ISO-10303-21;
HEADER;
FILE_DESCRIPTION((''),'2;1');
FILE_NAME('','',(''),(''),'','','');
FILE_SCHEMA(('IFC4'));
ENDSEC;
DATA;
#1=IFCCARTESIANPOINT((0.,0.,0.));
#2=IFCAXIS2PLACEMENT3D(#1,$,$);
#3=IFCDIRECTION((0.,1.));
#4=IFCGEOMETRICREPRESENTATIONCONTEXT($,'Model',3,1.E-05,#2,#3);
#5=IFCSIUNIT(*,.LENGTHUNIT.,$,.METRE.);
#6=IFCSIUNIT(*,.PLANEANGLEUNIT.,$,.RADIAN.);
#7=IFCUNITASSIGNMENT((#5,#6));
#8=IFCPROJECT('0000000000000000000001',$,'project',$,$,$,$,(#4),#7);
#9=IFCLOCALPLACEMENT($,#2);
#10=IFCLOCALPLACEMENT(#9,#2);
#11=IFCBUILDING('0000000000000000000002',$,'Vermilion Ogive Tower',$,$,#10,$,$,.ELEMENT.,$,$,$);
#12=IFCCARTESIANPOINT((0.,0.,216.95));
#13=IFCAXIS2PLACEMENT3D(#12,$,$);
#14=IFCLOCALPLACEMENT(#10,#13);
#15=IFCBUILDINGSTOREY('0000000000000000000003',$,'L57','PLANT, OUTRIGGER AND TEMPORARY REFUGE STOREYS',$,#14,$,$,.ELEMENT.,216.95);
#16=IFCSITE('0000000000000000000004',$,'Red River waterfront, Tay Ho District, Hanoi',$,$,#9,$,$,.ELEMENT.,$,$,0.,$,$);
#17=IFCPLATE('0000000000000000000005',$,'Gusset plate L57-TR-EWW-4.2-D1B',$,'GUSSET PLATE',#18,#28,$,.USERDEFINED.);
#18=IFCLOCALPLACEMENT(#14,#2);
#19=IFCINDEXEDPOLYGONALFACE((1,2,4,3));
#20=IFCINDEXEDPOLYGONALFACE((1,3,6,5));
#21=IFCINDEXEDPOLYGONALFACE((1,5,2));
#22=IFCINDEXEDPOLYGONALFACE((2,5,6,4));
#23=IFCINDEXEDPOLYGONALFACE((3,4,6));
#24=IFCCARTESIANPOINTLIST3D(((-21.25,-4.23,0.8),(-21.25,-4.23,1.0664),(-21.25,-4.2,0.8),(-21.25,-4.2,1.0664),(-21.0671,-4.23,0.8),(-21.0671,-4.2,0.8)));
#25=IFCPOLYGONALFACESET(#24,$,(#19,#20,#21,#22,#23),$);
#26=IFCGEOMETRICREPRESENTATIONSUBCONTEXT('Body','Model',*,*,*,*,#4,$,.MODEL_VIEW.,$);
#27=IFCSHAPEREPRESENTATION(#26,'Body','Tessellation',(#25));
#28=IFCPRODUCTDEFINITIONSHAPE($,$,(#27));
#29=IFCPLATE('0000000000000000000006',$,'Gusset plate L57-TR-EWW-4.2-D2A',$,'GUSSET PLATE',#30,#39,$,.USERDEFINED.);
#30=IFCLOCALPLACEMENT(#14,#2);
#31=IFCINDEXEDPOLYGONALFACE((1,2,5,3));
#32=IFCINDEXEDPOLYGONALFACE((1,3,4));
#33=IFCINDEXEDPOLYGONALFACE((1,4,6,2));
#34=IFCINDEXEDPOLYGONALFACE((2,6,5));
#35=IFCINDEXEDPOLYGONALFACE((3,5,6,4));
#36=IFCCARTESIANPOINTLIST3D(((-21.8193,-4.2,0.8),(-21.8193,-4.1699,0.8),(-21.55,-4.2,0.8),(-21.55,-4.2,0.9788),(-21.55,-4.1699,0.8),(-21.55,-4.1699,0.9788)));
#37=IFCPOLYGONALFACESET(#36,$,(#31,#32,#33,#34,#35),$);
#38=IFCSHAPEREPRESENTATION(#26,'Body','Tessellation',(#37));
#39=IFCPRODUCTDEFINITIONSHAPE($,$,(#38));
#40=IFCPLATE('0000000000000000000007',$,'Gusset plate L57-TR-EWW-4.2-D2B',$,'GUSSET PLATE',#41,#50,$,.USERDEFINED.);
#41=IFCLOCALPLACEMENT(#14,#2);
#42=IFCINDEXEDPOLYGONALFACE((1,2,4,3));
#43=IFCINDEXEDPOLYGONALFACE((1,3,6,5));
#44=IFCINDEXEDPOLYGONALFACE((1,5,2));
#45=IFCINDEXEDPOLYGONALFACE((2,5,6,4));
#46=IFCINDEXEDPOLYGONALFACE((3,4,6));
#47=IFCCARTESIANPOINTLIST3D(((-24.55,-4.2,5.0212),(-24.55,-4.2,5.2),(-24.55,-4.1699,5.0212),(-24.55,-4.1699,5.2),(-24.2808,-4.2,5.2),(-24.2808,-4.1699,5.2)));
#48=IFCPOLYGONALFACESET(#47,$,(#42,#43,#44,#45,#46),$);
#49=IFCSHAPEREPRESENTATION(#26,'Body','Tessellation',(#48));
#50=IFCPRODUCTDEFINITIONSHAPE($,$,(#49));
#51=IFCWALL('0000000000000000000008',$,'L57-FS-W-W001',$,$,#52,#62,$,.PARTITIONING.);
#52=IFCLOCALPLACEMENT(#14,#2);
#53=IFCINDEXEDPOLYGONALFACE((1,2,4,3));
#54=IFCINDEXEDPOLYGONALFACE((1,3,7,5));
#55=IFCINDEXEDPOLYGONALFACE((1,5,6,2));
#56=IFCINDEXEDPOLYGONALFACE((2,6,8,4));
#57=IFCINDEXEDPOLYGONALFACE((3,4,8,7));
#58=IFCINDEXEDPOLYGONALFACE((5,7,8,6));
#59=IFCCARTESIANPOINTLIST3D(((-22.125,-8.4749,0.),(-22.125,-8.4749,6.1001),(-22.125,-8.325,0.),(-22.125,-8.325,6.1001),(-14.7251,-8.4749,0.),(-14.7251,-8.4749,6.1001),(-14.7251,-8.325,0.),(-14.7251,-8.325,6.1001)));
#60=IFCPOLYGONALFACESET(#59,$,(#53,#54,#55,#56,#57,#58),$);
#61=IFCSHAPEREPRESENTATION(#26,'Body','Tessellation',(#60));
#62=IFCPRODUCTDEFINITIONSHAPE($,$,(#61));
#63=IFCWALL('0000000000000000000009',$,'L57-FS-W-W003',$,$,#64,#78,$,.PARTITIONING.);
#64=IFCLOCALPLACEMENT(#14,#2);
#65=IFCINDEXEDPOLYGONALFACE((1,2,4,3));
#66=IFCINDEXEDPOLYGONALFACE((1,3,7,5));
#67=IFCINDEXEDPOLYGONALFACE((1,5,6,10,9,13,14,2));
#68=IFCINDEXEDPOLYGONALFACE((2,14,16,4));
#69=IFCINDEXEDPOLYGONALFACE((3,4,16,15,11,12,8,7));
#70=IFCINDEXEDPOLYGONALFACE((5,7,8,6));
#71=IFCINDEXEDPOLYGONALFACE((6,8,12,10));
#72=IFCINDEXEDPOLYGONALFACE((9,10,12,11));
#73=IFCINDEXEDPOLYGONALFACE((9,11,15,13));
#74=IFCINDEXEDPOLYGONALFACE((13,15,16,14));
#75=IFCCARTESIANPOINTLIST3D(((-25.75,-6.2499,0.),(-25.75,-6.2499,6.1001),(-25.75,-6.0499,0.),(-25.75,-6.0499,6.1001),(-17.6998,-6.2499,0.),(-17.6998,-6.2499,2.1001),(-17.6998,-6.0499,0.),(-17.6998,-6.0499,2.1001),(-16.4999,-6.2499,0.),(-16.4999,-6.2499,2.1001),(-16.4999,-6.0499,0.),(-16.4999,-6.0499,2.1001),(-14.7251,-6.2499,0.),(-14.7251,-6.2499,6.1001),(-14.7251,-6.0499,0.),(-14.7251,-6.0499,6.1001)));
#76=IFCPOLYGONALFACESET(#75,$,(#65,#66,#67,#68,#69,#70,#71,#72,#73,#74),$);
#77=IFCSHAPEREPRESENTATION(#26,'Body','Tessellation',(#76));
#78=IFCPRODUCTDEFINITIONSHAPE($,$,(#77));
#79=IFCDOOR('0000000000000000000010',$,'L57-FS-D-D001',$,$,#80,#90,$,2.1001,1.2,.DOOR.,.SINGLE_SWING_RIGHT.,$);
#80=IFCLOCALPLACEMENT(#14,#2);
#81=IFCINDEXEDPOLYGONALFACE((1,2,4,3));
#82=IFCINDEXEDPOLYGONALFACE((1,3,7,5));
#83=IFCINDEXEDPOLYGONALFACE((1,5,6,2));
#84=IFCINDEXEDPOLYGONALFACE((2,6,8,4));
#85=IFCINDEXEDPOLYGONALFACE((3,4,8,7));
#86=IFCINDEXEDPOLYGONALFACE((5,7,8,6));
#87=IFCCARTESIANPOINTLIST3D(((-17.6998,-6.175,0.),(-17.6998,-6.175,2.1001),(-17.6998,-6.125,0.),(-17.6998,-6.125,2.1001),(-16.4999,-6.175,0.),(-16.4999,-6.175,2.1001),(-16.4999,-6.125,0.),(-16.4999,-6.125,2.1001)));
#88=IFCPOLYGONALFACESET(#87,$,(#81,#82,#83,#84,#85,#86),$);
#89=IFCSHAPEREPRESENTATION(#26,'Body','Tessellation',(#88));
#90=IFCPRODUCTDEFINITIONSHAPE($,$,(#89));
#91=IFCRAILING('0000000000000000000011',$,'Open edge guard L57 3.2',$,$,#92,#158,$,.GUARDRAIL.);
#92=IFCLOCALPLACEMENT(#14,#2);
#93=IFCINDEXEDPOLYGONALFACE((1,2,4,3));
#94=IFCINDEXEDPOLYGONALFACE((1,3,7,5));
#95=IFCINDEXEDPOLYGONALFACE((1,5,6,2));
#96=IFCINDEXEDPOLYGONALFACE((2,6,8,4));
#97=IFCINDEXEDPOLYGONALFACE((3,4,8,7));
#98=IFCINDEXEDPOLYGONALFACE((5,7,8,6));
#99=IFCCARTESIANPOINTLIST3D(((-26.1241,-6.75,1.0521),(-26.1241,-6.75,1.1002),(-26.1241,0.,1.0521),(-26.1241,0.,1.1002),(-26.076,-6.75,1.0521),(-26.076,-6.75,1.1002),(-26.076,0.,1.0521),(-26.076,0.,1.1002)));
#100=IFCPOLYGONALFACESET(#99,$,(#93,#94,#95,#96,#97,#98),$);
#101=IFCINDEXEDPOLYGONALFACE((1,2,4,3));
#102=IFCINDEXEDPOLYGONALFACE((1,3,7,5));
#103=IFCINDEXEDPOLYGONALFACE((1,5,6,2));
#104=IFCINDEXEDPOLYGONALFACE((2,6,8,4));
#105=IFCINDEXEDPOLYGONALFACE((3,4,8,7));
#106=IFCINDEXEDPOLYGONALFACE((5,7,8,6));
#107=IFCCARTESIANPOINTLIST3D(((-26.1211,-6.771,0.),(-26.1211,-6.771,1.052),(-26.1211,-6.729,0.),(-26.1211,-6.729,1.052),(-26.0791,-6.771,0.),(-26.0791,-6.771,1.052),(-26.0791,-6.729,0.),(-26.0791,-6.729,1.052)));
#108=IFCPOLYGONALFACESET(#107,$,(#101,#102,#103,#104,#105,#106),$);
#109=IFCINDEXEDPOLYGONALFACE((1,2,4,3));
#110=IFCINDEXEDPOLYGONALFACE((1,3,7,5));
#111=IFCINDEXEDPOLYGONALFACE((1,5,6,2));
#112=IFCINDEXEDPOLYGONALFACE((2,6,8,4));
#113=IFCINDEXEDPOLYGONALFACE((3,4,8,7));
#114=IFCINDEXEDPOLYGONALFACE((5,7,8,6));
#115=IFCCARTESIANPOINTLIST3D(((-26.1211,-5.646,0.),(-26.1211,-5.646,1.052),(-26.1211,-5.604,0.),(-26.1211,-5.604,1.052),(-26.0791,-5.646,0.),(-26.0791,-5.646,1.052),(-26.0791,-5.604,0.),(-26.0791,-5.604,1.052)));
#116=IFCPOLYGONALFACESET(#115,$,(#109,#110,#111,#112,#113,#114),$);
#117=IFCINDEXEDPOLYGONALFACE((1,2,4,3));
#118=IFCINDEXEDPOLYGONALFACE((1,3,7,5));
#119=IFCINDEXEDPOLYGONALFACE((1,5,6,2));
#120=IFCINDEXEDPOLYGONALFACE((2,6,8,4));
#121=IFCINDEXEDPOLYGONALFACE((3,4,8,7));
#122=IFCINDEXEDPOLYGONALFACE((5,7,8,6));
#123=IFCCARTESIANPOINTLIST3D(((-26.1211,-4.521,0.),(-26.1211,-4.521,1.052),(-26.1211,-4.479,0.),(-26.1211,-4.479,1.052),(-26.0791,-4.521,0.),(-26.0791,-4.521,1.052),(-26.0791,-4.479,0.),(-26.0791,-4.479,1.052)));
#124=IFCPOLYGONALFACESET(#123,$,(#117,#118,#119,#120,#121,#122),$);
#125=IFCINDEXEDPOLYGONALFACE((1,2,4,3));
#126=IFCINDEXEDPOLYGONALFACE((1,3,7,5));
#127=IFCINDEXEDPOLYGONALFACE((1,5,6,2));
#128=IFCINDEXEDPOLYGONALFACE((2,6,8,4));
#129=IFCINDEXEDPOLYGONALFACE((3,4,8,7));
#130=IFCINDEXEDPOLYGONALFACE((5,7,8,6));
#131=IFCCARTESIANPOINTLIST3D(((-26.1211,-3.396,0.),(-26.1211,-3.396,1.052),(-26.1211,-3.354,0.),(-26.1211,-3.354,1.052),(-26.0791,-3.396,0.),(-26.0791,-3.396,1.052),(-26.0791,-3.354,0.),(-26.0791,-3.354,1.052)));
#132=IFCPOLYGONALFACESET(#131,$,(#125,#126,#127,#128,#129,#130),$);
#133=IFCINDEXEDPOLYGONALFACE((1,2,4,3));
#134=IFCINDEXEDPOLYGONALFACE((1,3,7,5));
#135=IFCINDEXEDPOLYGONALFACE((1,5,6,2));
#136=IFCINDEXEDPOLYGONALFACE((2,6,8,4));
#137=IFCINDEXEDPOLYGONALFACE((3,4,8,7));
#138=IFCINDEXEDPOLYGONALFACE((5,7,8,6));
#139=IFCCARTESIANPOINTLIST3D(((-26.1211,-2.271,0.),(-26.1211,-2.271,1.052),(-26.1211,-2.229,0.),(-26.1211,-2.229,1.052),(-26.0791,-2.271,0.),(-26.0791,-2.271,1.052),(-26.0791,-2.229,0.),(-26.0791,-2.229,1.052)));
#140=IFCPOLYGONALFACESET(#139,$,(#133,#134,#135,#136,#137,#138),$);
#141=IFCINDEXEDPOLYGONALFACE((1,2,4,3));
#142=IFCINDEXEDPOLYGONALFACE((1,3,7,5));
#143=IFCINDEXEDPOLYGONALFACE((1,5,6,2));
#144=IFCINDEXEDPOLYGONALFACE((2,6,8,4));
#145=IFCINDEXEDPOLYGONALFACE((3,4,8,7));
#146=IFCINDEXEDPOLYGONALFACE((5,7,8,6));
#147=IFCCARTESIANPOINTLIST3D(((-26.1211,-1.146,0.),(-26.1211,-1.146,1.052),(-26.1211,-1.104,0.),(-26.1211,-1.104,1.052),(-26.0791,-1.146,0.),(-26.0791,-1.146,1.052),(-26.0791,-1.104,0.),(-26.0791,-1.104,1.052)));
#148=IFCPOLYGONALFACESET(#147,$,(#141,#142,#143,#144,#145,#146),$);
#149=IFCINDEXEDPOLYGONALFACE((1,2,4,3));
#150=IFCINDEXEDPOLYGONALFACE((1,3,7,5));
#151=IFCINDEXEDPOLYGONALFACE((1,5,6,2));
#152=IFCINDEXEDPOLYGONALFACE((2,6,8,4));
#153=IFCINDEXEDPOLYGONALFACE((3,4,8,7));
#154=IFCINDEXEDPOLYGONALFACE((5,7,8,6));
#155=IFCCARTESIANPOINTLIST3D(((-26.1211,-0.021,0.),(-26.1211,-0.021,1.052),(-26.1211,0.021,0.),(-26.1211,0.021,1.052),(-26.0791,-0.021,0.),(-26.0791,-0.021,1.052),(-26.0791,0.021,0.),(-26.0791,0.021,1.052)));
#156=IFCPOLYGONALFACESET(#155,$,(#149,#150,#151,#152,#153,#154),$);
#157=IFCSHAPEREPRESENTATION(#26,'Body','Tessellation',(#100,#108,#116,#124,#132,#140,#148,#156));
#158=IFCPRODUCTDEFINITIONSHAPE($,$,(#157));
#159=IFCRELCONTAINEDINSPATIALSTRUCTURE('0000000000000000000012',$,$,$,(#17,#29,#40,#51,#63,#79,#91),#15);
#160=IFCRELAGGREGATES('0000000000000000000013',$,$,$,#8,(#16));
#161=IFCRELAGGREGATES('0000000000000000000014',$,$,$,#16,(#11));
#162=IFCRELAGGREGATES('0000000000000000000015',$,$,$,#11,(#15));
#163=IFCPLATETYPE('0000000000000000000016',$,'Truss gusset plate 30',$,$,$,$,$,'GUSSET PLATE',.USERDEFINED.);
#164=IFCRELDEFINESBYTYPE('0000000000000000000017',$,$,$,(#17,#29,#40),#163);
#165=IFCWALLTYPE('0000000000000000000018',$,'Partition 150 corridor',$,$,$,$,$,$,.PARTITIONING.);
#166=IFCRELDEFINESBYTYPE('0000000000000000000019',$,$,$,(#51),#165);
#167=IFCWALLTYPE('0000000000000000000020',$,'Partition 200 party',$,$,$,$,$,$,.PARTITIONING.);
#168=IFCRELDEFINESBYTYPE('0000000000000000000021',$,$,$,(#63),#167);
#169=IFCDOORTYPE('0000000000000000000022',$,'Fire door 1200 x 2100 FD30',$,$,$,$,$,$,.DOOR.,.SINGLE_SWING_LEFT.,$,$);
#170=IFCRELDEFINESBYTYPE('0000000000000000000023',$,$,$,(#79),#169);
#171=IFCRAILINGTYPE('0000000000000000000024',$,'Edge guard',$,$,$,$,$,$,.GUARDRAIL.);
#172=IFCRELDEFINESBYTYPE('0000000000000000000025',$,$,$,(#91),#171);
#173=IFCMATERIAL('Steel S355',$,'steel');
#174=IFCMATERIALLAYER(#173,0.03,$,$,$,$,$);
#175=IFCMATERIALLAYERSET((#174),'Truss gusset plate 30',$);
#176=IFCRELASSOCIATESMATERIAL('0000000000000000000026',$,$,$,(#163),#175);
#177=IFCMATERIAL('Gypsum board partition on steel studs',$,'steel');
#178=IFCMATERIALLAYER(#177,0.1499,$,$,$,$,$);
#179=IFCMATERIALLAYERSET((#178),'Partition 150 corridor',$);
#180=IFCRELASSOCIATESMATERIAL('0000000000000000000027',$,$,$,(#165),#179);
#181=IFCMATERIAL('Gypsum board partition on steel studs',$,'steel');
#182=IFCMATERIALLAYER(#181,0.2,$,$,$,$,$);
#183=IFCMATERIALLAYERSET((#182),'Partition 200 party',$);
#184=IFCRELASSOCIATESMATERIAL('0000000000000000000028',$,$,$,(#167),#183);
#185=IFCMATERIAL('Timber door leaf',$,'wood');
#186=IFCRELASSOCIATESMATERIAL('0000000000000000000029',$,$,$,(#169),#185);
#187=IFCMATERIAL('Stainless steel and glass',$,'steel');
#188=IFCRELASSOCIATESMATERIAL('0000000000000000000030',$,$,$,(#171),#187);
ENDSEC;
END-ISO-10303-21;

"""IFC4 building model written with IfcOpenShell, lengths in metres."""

from ifc_helpers import new_model, si_unit, direction, frame, frame_2d, origin, origin_2d, place, context, subcontext, project, spatial, polyline, rectangle, outline, extrude, material, layer, layer_set, type_object, element, fill, save


model = new_model("IFC4")

# Units and contexts
model_context = context("Model", 3, precision=1e-05, world=origin(), true_north=direction((0.0, 1.0)))
body_context = subcontext(model_context, "Body", "Model", "MODEL_VIEW")
ifc_project = project(units=[si_unit("LENGTHUNIT", "METRE"), si_unit("PLANEANGLEUNIT", "RADIAN")], contexts=[model_context])

# Site, building, storey
site_placement = place(None, origin())
site = spatial("IfcSite", under=ifc_project, at=site_placement, Name="Red River waterfront, Tay Ho District, Hanoi", CompositionType="ELEMENT", RefElevation=0.0)
building_placement = place(site_placement, origin())
building = spatial("IfcBuilding", under=site, at=building_placement, Name="Vermilion Ogive Tower", CompositionType="ELEMENT")
storey_placement = place(building_placement, frame((0.0, 0.0, 216.95)))
storey = spatial("IfcBuildingStorey", under=building, at=storey_placement, Name="L57", Description="PLANT, OUTRIGGER AND TEMPORARY REFUGE STOREYS", CompositionType="ELEMENT", Elevation=216.95)

# Plates
ifc_material_1 = material(Name="Steel S355", Category="steel")
ifc_layer_1 = layer(ifc_material_1, 0.03)
ifc_layer_set_1 = layer_set([ifc_layer_1], Name="Truss gusset plate 30")
plate_type = type_object("IfcPlateType", Name="Truss gusset plate 30", ElementType="GUSSET PLATE", PredefinedType="USERDEFINED", material=ifc_layer_set_1)
plate_1_placement = place(storey_placement, frame((-21.25, -4.2, 1.0664), z_axis=(0.0, 1.0, 0.0), x_axis=(0.565984, 0.0, -0.824417)))
element("IfcPlate", 1, at=plate_1_placement, inside=storey, type_object=plate_type, Name="Gusset plate L57-TR-EWW-4.2-D1B", ObjectType="GUSSET PLATE", PredefinedType="USERDEFINED", context=body_context, shape_type="SweptSolid", body=[
    extrude(outline(polyline([(0.0, 0.0), (0.3231, 0.0), (0.2196, 0.1508), (0.0, 0.0)])), origin(), (0.0, 0.0, -1.0), 0.03),
])
for number, where, z_axis, x_axis, name in (
    (2, (-21.55, -4.2, 0.9788), (0.0, -1.0, 0.0), (-0.833211, 0.0, -0.552956), "Gusset plate L57-TR-EWW-4.2-D2A"),
    (3, (-24.55, -4.2, 5.0212), (0.0, -1.0, 0.0), (0.833211, 0.0, 0.552956), "Gusset plate L57-TR-EWW-4.2-D2B"),
):
    element("IfcPlate", number, at=place(storey_placement, frame(where, z_axis=z_axis, x_axis=x_axis)), inside=storey, type_object=plate_type, Name=name, ObjectType="GUSSET PLATE", PredefinedType="USERDEFINED", context=body_context, shape_type="SweptSolid", body=[
        extrude(outline(polyline([(0.0, 0.0), (0.3232, 0.0), (0.0988, 0.1489), (0.0, 0.0)])), origin(), (0.0, 0.0, -1.0), 0.03),
    ])

# Wall
ifc_material_2 = material(Name="Gypsum board partition on steel studs", Category="steel")
ifc_layer_2 = layer(ifc_material_2, 0.1499)
ifc_layer_set_2 = layer_set([ifc_layer_2], Name="Partition 150 corridor")
wall_type_1 = type_object("IfcWallType", Name="Partition 150 corridor", PredefinedType="PARTITIONING", material=ifc_layer_set_2)
wall_1_placement = place(storey_placement, frame((-22.125, -8.3999, 0.0), z_axis=(0.0, 0.0, 1.0), x_axis=(1.0, 0.0, 0.0)))
element("IfcWall", 4, at=wall_1_placement, inside=storey, type_object=wall_type_1, Name="L57-FS-W-W001", PredefinedType="PARTITIONING", context=body_context, shape_type="SweptSolid", body=[
    extrude(rectangle(XDim=7.3999, YDim=0.1499, at=frame_2d((3.7, 0.0))), origin(), (0.0, 0.0, 1.0), 6.1001),
])

# Wall, opening, door
ifc_material_3 = material(Name="Gypsum board partition on steel studs", Category="steel")
ifc_layer_3 = layer(ifc_material_3, 0.2)
ifc_layer_set_3 = layer_set([ifc_layer_3], Name="Partition 200 party")
wall_type_2 = type_object("IfcWallType", Name="Partition 200 party", PredefinedType="PARTITIONING", material=ifc_layer_set_3)
wall_2_placement = place(storey_placement, frame((-25.75, -6.1499, 0.0), z_axis=(0.0, 0.0, 1.0), x_axis=(1.0, 0.0, 0.0)))
wall_2 = element("IfcWall", 5, at=wall_2_placement, inside=storey, type_object=wall_type_2, Name="L57-FS-W-W003", PredefinedType="PARTITIONING", context=body_context, shape_type="SweptSolid", body=[
    extrude(rectangle(XDim=11.0249, YDim=0.2, at=frame_2d((5.5125, 0.0))), origin(), (0.0, 0.0, 1.0), 6.1001),
])
opening_placement = place(wall_2_placement, frame((8.05, 0.0, 0.0)))
opening = element("IfcOpeningElement", 6, at=opening_placement, cuts=wall_2, PredefinedType="OPENING", context=body_context, shape_type="SweptSolid", body=[
    extrude(rectangle(XDim=1.2, YDim=2.1001, at=frame_2d((0.6001, 1.05))), frame((0.0, 0.1099, 0.0), z_axis=(0.0, -1.0, 0.0), x_axis=(1.0, 0.0, 0.0)), (0.0, 0.0, 1.0), 0.22),
])
ifc_material_4 = material(Name="Timber door leaf", Category="wood")
door_type = type_object("IfcDoorType", Name="Fire door 1200 x 2100 FD30", OperationType="SINGLE_SWING_LEFT", PredefinedType="DOOR", material=ifc_material_4)
door_placement = place(opening_placement, origin())
door = element("IfcDoor", 7, at=door_placement, inside=storey, type_object=door_type, Name="L57-FS-D-D001", OperationType="SINGLE_SWING_RIGHT", OverallHeight=2.1001, OverallWidth=1.2, PredefinedType="DOOR", context=body_context, shape_type="SweptSolid", body=[
    extrude(rectangle(XDim=1.2, YDim=2.1001, at=frame_2d((0.6001, 1.05))), frame((0.0, 0.0249, 0.0), z_axis=(0.0, -1.0, 0.0), x_axis=(1.0, 0.0, 0.0)), (0.0, 0.0, 1.0), 0.05),
])
fill(opening, door)

# Railing
ifc_material_5 = material(Name="Stainless steel and glass", Category="steel")
railing_type = type_object("IfcRailingType", Name="Edge guard", PredefinedType="GUARDRAIL", material=ifc_material_5)
railing_placement = place(storey_placement, frame((-26.1001, -6.75, 0.0)))
element("IfcRailing", 8, at=railing_placement, inside=storey, type_object=railing_type, Name="Open edge guard L57 3.2", PredefinedType="GUARDRAIL", context=body_context, shape_type="SweptSolid", body=[
    extrude(rectangle(XDim=0.0481, YDim=0.0481, at=origin_2d()), frame((0.0, 0.0, 1.0762), z_axis=(0.0, 1.0, 0.0), x_axis=(-1.0, 0.0, 0.0)), (0.0, 0.0, 1.0), 6.75),
    extrude(rectangle(XDim=0.042, YDim=0.042, at=origin_2d()), origin(), (0.0, 0.0, 1.0), 1.052),
    extrude(rectangle(XDim=0.042, YDim=0.042, at=origin_2d()), frame((0.0, 1.125, 0.0)), (0.0, 0.0, 1.0), 1.052),
    extrude(rectangle(XDim=0.042, YDim=0.042, at=origin_2d()), frame((0.0, 2.25, 0.0)), (0.0, 0.0, 1.0), 1.052),
    extrude(rectangle(XDim=0.042, YDim=0.042, at=origin_2d()), frame((0.0, 3.375, 0.0)), (0.0, 0.0, 1.0), 1.052),
    extrude(rectangle(XDim=0.042, YDim=0.042, at=origin_2d()), frame((0.0, 4.5, 0.0)), (0.0, 0.0, 1.0), 1.052),
    extrude(rectangle(XDim=0.042, YDim=0.042, at=origin_2d()), frame((0.0, 5.625, 0.0)), (0.0, 0.0, 1.0), 1.052),
    extrude(rectangle(XDim=0.042, YDim=0.042, at=origin_2d()), frame((0.0, 6.75, 0.0)), (0.0, 0.0, 1.0), 1.052),
])

save(model, "model.ifc")
